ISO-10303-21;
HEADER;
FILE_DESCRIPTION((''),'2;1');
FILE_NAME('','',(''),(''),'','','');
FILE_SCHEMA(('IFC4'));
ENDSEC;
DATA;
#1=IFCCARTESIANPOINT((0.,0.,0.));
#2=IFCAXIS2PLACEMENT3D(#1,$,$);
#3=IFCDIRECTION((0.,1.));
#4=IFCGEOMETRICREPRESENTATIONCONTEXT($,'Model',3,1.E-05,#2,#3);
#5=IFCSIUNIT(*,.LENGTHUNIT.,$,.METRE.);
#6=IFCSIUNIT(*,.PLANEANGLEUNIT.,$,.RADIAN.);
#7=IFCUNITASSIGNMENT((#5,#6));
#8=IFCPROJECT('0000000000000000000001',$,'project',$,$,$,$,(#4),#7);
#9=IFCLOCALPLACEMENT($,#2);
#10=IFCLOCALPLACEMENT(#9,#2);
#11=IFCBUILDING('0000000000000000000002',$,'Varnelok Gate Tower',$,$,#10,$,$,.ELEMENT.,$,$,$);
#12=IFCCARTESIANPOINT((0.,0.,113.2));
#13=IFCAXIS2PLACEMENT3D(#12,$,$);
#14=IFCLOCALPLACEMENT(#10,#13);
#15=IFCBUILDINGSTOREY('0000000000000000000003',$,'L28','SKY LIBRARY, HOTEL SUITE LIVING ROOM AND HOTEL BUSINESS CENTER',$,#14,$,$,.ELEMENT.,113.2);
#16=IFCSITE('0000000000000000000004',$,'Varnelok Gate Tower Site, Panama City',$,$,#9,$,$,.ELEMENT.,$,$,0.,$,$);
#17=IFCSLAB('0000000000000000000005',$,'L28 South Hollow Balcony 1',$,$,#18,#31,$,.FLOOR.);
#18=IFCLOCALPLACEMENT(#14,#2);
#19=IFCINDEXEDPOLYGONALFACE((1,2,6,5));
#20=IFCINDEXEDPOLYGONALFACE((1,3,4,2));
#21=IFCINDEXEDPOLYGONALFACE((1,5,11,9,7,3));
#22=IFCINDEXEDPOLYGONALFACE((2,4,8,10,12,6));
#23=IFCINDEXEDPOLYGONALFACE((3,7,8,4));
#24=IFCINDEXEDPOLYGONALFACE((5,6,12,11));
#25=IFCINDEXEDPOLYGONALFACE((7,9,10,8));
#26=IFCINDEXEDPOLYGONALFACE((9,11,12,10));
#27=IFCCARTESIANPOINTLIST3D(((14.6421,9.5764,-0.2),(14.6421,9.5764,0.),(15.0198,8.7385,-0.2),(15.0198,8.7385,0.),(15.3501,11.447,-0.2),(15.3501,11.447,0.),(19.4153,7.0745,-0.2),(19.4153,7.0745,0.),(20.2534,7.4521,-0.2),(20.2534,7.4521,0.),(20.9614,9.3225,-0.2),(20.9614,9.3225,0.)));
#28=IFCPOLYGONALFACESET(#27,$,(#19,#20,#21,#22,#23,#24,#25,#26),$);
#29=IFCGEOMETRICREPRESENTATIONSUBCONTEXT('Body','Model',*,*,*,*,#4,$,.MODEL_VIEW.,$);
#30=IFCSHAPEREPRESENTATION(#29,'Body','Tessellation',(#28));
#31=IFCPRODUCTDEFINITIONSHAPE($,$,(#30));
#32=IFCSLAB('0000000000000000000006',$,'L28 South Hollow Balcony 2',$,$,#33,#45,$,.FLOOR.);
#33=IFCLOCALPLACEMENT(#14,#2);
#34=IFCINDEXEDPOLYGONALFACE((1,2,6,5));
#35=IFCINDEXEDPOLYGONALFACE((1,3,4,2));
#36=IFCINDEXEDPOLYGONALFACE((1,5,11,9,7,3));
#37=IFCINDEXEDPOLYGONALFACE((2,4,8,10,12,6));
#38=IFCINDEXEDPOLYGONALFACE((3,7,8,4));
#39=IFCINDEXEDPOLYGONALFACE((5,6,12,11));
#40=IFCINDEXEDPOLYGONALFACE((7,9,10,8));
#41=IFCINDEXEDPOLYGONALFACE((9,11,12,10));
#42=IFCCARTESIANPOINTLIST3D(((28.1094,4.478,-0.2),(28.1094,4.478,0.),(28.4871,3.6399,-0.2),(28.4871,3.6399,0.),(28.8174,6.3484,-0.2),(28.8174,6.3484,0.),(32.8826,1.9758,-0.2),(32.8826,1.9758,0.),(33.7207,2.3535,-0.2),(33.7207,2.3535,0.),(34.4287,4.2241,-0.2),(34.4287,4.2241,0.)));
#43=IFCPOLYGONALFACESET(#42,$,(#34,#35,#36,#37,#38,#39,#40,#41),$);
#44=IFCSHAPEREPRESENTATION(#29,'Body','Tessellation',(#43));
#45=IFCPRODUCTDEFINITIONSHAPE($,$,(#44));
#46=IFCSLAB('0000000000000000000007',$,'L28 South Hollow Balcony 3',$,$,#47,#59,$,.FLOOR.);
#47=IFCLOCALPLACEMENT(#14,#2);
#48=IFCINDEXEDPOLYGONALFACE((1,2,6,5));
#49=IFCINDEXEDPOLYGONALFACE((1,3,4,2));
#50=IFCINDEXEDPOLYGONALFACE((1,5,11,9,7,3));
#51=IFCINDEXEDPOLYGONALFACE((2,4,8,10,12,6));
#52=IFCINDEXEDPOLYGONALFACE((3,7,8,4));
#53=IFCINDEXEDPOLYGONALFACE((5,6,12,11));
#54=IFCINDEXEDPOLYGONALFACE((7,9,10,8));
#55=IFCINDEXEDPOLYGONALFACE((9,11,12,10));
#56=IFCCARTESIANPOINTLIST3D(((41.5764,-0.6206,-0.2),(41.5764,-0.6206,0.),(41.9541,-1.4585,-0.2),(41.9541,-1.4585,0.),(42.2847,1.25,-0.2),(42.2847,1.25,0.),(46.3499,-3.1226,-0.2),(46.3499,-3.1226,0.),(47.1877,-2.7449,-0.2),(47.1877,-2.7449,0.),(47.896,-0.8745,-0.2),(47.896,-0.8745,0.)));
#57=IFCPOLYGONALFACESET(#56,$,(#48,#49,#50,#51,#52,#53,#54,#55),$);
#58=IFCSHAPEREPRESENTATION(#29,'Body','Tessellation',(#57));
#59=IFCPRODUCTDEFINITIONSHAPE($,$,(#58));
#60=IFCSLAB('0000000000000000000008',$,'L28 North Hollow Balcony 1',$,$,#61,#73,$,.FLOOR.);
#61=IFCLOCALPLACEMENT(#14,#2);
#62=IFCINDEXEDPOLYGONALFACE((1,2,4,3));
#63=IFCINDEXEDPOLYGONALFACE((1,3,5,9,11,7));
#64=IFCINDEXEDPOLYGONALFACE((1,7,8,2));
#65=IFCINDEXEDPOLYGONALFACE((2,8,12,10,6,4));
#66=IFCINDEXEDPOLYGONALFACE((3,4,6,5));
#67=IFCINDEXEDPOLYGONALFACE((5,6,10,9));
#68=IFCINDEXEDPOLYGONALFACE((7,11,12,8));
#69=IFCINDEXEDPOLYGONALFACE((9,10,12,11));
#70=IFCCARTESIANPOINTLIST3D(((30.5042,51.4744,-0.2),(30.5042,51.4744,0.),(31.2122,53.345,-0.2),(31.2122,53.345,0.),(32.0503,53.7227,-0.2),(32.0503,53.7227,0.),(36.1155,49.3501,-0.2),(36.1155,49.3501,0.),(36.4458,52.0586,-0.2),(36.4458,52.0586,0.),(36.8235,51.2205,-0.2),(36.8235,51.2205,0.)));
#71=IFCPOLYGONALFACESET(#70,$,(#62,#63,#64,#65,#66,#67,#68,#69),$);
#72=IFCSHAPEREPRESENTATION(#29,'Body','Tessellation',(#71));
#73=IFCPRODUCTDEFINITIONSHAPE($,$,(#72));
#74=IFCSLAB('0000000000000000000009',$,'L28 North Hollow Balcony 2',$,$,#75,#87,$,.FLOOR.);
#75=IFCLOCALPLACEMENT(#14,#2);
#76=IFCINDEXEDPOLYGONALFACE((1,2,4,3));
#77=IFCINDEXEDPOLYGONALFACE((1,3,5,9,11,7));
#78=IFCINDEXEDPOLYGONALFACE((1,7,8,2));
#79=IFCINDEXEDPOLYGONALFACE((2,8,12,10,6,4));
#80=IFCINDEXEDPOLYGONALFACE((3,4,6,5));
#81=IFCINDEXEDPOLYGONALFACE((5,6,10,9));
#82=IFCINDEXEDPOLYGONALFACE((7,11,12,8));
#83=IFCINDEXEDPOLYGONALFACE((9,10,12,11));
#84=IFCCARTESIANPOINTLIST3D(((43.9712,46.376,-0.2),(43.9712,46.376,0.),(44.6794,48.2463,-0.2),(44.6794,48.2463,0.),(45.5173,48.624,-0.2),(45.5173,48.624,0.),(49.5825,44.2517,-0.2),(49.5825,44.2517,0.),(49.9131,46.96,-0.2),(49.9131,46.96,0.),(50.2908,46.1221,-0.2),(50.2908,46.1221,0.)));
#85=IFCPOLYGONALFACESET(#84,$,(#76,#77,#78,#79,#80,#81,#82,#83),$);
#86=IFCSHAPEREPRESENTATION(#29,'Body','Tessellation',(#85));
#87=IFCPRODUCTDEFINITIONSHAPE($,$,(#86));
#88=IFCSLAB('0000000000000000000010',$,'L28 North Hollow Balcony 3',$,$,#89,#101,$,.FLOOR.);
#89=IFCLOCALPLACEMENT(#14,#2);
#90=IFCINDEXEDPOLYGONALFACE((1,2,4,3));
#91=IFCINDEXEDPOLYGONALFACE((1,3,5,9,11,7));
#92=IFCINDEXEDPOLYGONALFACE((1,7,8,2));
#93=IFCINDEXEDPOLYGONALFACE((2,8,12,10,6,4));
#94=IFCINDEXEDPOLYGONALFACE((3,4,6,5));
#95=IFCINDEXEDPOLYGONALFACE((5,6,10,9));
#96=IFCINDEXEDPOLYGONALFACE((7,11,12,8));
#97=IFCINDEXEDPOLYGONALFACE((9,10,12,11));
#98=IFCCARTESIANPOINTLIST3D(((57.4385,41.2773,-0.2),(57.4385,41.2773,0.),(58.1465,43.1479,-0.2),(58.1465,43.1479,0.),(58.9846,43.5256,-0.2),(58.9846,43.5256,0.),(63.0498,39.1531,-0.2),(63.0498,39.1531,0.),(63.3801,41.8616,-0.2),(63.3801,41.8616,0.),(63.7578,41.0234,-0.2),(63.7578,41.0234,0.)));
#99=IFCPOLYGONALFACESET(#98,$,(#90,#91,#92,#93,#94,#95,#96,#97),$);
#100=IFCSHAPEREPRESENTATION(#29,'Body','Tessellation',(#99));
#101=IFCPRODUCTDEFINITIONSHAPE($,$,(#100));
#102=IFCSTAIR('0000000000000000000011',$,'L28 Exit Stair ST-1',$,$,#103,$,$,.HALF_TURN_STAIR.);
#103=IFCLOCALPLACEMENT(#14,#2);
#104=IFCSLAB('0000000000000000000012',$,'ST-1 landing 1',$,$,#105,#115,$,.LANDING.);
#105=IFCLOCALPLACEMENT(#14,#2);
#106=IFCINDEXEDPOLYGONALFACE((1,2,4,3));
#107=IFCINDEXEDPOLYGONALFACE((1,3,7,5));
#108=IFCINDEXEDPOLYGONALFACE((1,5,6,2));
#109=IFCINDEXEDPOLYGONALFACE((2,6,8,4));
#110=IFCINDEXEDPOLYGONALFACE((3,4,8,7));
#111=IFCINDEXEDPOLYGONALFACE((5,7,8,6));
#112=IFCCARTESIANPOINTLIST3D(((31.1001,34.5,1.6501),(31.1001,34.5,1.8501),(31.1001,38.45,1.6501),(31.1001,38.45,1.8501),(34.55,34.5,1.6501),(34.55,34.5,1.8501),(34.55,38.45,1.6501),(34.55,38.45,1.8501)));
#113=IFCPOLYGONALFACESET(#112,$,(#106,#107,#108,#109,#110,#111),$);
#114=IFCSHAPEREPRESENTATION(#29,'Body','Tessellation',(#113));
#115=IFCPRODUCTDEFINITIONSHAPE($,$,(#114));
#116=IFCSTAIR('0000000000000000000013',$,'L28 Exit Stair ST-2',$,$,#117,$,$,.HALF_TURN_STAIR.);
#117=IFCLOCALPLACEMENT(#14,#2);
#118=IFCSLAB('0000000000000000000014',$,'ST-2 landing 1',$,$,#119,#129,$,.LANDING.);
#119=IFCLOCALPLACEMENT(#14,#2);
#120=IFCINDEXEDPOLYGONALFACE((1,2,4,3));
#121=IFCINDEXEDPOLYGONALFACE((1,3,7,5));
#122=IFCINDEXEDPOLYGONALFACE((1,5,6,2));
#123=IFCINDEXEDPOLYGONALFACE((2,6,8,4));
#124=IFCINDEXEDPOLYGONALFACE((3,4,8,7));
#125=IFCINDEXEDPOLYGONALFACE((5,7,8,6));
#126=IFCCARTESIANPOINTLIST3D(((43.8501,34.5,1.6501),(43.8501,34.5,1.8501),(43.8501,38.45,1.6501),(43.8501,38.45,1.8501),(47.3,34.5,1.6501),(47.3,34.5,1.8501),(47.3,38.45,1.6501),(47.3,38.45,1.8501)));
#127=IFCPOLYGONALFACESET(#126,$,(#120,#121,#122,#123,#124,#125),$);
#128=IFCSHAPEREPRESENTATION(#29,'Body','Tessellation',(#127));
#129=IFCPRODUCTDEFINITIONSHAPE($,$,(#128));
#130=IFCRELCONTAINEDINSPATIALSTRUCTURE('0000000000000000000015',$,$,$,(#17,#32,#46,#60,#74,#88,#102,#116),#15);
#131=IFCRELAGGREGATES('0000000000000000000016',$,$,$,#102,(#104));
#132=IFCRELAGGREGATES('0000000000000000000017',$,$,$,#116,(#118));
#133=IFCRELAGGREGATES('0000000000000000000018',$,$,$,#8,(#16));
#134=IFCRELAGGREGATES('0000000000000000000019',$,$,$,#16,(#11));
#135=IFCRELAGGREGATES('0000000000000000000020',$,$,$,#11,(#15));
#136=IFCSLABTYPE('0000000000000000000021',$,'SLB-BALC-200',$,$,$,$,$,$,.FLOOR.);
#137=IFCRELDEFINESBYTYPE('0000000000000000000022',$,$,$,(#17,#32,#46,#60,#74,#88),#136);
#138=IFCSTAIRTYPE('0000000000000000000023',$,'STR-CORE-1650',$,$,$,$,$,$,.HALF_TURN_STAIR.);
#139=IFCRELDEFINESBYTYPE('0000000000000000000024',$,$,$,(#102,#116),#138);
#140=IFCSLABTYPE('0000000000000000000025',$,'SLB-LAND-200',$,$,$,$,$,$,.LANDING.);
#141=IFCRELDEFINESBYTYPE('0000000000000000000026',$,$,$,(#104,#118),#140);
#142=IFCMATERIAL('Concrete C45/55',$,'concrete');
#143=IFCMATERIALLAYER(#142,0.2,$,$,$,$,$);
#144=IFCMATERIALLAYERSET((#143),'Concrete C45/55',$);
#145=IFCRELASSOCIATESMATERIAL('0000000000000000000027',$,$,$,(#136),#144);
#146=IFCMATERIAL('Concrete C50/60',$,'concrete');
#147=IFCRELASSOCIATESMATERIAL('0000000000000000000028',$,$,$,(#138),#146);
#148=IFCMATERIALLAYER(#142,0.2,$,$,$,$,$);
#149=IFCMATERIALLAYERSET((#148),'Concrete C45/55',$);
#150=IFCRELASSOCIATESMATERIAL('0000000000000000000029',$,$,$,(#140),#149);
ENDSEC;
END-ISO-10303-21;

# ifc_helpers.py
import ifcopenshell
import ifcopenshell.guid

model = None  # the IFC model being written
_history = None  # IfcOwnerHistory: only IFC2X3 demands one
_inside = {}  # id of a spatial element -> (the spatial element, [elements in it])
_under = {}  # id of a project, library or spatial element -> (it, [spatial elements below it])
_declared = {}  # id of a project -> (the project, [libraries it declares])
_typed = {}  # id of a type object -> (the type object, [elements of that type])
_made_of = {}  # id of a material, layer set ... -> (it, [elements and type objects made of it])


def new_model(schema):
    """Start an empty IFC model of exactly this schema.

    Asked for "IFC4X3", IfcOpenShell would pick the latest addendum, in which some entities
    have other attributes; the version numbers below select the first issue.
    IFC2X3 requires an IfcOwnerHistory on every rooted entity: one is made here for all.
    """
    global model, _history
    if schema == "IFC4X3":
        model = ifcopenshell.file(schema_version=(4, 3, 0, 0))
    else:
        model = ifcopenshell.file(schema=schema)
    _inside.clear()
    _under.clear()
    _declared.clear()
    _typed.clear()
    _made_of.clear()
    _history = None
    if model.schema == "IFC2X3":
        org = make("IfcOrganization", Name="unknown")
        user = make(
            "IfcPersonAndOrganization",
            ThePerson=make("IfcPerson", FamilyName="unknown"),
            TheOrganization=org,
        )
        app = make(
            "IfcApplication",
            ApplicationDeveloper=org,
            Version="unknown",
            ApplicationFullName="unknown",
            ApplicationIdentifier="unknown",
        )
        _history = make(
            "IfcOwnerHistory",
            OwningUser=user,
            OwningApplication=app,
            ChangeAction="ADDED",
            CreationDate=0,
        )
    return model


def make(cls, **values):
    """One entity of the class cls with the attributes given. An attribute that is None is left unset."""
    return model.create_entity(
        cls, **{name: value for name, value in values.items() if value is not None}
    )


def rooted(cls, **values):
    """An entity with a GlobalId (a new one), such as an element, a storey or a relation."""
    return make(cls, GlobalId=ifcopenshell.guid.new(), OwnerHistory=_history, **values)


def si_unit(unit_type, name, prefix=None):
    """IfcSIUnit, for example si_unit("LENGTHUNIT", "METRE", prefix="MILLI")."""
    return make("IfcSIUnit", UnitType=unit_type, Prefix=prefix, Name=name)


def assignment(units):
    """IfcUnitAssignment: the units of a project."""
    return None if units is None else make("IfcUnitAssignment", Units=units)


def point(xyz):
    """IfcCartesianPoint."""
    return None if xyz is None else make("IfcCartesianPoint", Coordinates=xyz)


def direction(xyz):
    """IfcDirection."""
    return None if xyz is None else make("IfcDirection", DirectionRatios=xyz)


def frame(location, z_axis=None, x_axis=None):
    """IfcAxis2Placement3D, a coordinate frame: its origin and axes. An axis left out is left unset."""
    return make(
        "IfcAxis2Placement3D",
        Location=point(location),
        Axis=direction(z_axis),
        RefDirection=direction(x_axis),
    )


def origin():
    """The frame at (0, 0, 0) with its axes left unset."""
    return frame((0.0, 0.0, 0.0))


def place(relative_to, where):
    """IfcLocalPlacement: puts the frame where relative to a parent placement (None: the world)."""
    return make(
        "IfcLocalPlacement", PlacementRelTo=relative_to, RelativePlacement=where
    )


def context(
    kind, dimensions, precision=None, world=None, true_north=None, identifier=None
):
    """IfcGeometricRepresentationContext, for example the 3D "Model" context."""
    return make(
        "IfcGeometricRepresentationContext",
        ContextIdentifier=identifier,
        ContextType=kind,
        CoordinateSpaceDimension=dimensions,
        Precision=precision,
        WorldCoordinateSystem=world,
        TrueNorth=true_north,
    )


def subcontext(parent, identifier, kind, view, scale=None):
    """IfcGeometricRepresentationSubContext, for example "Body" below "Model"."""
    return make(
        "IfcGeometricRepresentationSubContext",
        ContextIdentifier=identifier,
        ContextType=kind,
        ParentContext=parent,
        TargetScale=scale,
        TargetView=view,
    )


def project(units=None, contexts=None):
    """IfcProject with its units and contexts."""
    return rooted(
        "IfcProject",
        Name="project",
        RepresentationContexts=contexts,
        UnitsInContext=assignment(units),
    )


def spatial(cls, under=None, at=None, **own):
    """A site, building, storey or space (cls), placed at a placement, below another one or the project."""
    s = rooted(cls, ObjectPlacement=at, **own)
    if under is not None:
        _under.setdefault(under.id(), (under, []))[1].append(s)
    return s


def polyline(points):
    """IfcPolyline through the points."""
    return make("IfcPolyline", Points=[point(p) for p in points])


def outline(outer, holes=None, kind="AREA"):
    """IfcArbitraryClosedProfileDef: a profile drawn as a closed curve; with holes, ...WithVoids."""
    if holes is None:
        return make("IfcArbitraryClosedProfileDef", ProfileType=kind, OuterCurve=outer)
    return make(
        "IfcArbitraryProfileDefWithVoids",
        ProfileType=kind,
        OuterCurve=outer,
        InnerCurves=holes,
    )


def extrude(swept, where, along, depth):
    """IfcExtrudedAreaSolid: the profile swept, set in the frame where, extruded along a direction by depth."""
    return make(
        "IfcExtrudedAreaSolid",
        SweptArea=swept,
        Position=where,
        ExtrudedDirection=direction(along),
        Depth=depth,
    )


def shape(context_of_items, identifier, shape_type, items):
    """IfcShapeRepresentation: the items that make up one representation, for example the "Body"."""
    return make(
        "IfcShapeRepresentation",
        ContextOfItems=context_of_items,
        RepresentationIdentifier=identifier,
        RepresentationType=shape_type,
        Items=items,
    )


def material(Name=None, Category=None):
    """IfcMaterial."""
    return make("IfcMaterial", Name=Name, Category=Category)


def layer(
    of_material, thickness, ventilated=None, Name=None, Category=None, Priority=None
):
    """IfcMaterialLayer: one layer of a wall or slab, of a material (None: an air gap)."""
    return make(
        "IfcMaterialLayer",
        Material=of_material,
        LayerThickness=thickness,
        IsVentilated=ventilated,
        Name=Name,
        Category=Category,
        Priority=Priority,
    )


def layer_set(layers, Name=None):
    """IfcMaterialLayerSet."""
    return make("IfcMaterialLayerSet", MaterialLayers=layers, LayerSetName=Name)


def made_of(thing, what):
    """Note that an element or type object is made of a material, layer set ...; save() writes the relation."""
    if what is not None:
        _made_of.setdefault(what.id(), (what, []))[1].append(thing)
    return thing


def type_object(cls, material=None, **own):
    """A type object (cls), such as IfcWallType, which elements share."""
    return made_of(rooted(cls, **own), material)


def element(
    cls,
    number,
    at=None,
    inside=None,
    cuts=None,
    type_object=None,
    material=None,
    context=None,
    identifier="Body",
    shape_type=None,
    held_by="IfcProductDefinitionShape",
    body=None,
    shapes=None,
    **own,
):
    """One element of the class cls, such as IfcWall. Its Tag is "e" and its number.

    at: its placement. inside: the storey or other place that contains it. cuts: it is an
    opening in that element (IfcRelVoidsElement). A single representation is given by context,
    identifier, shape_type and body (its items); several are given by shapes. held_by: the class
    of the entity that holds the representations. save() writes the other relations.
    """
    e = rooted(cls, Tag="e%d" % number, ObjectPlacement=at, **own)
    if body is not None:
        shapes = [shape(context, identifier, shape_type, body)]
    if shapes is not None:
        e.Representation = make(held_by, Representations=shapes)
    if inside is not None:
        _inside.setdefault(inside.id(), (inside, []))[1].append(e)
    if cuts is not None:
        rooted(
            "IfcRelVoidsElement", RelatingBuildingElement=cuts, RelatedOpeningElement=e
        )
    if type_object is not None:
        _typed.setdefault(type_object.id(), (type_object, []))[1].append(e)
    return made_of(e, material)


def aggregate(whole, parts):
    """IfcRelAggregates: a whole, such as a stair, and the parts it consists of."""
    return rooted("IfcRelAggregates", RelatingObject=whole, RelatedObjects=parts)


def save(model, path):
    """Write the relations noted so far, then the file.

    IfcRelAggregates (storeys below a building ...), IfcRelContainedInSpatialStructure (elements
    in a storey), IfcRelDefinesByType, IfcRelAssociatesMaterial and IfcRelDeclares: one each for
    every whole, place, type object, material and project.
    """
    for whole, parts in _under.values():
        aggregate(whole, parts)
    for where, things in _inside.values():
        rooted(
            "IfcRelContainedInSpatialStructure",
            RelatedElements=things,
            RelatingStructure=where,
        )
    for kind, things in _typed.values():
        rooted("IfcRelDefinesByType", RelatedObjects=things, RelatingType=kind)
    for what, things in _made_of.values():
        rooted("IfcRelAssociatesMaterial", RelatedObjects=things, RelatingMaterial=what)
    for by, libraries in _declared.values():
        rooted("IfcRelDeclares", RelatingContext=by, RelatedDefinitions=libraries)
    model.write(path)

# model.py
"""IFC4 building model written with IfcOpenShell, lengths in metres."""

from ifc_helpers import new_model, si_unit, direction, frame, origin, place, context, subcontext, project, spatial, polyline, outline, extrude, material, layer, layer_set, type_object, element, aggregate, save


model = new_model("IFC4")

# Units and contexts
model_context = context("Model", 3, precision=1e-05, world=origin(), true_north=direction((0.0, 1.0)))
body_context = subcontext(model_context, "Body", "Model", "MODEL_VIEW")
ifc_project = project(units=[si_unit("LENGTHUNIT", "METRE"), si_unit("PLANEANGLEUNIT", "RADIAN")], contexts=[model_context])

# Site, building, storey
site_placement = place(None, origin())
site = spatial("IfcSite", under=ifc_project, at=site_placement, Name="Varnelok Gate Tower Site, Panama City", CompositionType="ELEMENT", RefElevation=0.0)
building_placement = place(site_placement, origin())
building = spatial("IfcBuilding", under=site, at=building_placement, Name="Varnelok Gate Tower", CompositionType="ELEMENT")
storey_placement = place(building_placement, frame((0.0, 0.0, 113.2)))
storey = spatial("IfcBuildingStorey", under=building, at=storey_placement, Name="L28", Description="SKY LIBRARY, HOTEL SUITE LIVING ROOM AND HOTEL BUSINESS CENTER", CompositionType="ELEMENT", Elevation=113.2)

# Slabs
ifc_material_1 = material(Name="Concrete C45/55", Category="concrete")
ifc_layer_1 = layer(ifc_material_1, 0.2)
ifc_layer_set_1 = layer_set([ifc_layer_1], Name="Concrete C45/55")
slab_type_1 = type_object("IfcSlabType", Name="SLB-BALC-200", PredefinedType="FLOOR", material=ifc_layer_set_1)
slab_1_placement = place(storey_placement, frame((0.0, 0.0, -0.2)))
element("IfcSlab", 1, at=slab_1_placement, inside=storey, type_object=slab_type_1, Name="L28 South Hollow Balcony 1", PredefinedType="FLOOR", context=body_context, shape_type="SweptSolid", body=[
    extrude(outline(polyline([(14.6421, 9.5764), (15.0198, 8.7385), (19.4153, 7.0745), (20.2534, 7.4521), (20.9614, 9.3225), (15.3501, 11.447), (14.6421, 9.5764)])), origin(), (0.0, 0.0, 1.0), 0.2),
])
slab_2_placement = place(storey_placement, frame((0.0, 0.0, -0.2)))
element("IfcSlab", 2, at=slab_2_placement, inside=storey, type_object=slab_type_1, Name="L28 South Hollow Balcony 2", PredefinedType="FLOOR", context=body_context, shape_type="SweptSolid", body=[
    extrude(outline(polyline([(28.1094, 4.478), (28.4871, 3.6399), (32.8826, 1.9758), (33.7207, 2.3535), (34.4287, 4.2241), (28.8174, 6.3484), (28.1094, 4.478)])), origin(), (0.0, 0.0, 1.0), 0.2),
])
slab_3_placement = place(storey_placement, frame((0.0, 0.0, -0.2)))
element("IfcSlab", 3, at=slab_3_placement, inside=storey, type_object=slab_type_1, Name="L28 South Hollow Balcony 3", PredefinedType="FLOOR", context=body_context, shape_type="SweptSolid", body=[
    extrude(outline(polyline([(41.5764, -0.6206), (41.9541, -1.4585), (46.3499, -3.1226), (47.1877, -2.7449), (47.896, -0.8745), (42.2847, 1.25), (41.5764, -0.6206)])), origin(), (0.0, 0.0, 1.0), 0.2),
])
slab_4_placement = place(storey_placement, frame((0.0, 0.0, -0.2)))
element("IfcSlab", 4, at=slab_4_placement, inside=storey, type_object=slab_type_1, Name="L28 North Hollow Balcony 1", PredefinedType="FLOOR", context=body_context, shape_type="SweptSolid", body=[
    extrude(outline(polyline([(30.5042, 51.4744), (36.1155, 49.3501), (36.8235, 51.2205), (36.4458, 52.0586), (32.0503, 53.7227), (31.2122, 53.345), (30.5042, 51.4744)])), origin(), (0.0, 0.0, 1.0), 0.2),
])
slab_5_placement = place(storey_placement, frame((0.0, 0.0, -0.2)))
element("IfcSlab", 5, at=slab_5_placement, inside=storey, type_object=slab_type_1, Name="L28 North Hollow Balcony 2", PredefinedType="FLOOR", context=body_context, shape_type="SweptSolid", body=[
    extrude(outline(polyline([(43.9712, 46.376), (49.5825, 44.2517), (50.2908, 46.1221), (49.9131, 46.96), (45.5173, 48.624), (44.6794, 48.2463), (43.9712, 46.376)])), origin(), (0.0, 0.0, 1.0), 0.2),
])
slab_6_placement = place(storey_placement, frame((0.0, 0.0, -0.2)))
element("IfcSlab", 6, at=slab_6_placement, inside=storey, type_object=slab_type_1, Name="L28 North Hollow Balcony 3", PredefinedType="FLOOR", context=body_context, shape_type="SweptSolid", body=[
    extrude(outline(polyline([(57.4385, 41.2773), (63.0498, 39.1531), (63.7578, 41.0234), (63.3801, 41.8616), (58.9846, 43.5256), (58.1465, 43.1479), (57.4385, 41.2773)])), origin(), (0.0, 0.0, 1.0), 0.2),
])

# Stairs, slabs
ifc_material_2 = material(Name="Concrete C50/60", Category="concrete")
stair_type = type_object("IfcStairType", Name="STR-CORE-1650", PredefinedType="HALF_TURN_STAIR", material=ifc_material_2)
stair_1_placement = place(storey_placement, origin())
stair_1 = element("IfcStair", 7, at=stair_1_placement, inside=storey, type_object=stair_type, Name="L28 Exit Stair ST-1", PredefinedType="HALF_TURN_STAIR")
ifc_layer_2 = layer(ifc_material_1, 0.2)
ifc_layer_set_2 = layer_set([ifc_layer_2], Name="Concrete C45/55")
slab_type_2 = type_object("IfcSlabType", Name="SLB-LAND-200", PredefinedType="LANDING", material=ifc_layer_set_2)
slab_7_placement = place(storey_placement, frame((0.0, 0.0, 1.6501)))
slab_7 = element("IfcSlab", 8, at=slab_7_placement, type_object=slab_type_2, Name="ST-1 landing 1", PredefinedType="LANDING", context=body_context, shape_type="SweptSolid", body=[
    extrude(outline(polyline([(34.55, 34.5), (34.55, 38.45), (31.1001, 38.45), (31.1001, 34.5), (34.55, 34.5)])), origin(), (0.0, 0.0, 1.0), 0.2),
])
aggregate(stair_1, [slab_7])
stair_2_placement = place(storey_placement, origin())
stair_2 = element("IfcStair", 9, at=stair_2_placement, inside=storey, type_object=stair_type, Name="L28 Exit Stair ST-2", PredefinedType="HALF_TURN_STAIR")
slab_8_placement = place(storey_placement, frame((0.0, 0.0, 1.6501)))
slab_8 = element("IfcSlab", 10, at=slab_8_placement, type_object=slab_type_2, Name="ST-2 landing 1", PredefinedType="LANDING", context=body_context, shape_type="SweptSolid", body=[
    extrude(outline(polyline([(47.3, 34.5), (47.3, 38.45), (43.8501, 38.45), (43.8501, 34.5), (47.3, 34.5)])), origin(), (0.0, 0.0, 1.0), 0.2),
])
aggregate(stair_2, [slab_8])

save(model, "model.ifc")
